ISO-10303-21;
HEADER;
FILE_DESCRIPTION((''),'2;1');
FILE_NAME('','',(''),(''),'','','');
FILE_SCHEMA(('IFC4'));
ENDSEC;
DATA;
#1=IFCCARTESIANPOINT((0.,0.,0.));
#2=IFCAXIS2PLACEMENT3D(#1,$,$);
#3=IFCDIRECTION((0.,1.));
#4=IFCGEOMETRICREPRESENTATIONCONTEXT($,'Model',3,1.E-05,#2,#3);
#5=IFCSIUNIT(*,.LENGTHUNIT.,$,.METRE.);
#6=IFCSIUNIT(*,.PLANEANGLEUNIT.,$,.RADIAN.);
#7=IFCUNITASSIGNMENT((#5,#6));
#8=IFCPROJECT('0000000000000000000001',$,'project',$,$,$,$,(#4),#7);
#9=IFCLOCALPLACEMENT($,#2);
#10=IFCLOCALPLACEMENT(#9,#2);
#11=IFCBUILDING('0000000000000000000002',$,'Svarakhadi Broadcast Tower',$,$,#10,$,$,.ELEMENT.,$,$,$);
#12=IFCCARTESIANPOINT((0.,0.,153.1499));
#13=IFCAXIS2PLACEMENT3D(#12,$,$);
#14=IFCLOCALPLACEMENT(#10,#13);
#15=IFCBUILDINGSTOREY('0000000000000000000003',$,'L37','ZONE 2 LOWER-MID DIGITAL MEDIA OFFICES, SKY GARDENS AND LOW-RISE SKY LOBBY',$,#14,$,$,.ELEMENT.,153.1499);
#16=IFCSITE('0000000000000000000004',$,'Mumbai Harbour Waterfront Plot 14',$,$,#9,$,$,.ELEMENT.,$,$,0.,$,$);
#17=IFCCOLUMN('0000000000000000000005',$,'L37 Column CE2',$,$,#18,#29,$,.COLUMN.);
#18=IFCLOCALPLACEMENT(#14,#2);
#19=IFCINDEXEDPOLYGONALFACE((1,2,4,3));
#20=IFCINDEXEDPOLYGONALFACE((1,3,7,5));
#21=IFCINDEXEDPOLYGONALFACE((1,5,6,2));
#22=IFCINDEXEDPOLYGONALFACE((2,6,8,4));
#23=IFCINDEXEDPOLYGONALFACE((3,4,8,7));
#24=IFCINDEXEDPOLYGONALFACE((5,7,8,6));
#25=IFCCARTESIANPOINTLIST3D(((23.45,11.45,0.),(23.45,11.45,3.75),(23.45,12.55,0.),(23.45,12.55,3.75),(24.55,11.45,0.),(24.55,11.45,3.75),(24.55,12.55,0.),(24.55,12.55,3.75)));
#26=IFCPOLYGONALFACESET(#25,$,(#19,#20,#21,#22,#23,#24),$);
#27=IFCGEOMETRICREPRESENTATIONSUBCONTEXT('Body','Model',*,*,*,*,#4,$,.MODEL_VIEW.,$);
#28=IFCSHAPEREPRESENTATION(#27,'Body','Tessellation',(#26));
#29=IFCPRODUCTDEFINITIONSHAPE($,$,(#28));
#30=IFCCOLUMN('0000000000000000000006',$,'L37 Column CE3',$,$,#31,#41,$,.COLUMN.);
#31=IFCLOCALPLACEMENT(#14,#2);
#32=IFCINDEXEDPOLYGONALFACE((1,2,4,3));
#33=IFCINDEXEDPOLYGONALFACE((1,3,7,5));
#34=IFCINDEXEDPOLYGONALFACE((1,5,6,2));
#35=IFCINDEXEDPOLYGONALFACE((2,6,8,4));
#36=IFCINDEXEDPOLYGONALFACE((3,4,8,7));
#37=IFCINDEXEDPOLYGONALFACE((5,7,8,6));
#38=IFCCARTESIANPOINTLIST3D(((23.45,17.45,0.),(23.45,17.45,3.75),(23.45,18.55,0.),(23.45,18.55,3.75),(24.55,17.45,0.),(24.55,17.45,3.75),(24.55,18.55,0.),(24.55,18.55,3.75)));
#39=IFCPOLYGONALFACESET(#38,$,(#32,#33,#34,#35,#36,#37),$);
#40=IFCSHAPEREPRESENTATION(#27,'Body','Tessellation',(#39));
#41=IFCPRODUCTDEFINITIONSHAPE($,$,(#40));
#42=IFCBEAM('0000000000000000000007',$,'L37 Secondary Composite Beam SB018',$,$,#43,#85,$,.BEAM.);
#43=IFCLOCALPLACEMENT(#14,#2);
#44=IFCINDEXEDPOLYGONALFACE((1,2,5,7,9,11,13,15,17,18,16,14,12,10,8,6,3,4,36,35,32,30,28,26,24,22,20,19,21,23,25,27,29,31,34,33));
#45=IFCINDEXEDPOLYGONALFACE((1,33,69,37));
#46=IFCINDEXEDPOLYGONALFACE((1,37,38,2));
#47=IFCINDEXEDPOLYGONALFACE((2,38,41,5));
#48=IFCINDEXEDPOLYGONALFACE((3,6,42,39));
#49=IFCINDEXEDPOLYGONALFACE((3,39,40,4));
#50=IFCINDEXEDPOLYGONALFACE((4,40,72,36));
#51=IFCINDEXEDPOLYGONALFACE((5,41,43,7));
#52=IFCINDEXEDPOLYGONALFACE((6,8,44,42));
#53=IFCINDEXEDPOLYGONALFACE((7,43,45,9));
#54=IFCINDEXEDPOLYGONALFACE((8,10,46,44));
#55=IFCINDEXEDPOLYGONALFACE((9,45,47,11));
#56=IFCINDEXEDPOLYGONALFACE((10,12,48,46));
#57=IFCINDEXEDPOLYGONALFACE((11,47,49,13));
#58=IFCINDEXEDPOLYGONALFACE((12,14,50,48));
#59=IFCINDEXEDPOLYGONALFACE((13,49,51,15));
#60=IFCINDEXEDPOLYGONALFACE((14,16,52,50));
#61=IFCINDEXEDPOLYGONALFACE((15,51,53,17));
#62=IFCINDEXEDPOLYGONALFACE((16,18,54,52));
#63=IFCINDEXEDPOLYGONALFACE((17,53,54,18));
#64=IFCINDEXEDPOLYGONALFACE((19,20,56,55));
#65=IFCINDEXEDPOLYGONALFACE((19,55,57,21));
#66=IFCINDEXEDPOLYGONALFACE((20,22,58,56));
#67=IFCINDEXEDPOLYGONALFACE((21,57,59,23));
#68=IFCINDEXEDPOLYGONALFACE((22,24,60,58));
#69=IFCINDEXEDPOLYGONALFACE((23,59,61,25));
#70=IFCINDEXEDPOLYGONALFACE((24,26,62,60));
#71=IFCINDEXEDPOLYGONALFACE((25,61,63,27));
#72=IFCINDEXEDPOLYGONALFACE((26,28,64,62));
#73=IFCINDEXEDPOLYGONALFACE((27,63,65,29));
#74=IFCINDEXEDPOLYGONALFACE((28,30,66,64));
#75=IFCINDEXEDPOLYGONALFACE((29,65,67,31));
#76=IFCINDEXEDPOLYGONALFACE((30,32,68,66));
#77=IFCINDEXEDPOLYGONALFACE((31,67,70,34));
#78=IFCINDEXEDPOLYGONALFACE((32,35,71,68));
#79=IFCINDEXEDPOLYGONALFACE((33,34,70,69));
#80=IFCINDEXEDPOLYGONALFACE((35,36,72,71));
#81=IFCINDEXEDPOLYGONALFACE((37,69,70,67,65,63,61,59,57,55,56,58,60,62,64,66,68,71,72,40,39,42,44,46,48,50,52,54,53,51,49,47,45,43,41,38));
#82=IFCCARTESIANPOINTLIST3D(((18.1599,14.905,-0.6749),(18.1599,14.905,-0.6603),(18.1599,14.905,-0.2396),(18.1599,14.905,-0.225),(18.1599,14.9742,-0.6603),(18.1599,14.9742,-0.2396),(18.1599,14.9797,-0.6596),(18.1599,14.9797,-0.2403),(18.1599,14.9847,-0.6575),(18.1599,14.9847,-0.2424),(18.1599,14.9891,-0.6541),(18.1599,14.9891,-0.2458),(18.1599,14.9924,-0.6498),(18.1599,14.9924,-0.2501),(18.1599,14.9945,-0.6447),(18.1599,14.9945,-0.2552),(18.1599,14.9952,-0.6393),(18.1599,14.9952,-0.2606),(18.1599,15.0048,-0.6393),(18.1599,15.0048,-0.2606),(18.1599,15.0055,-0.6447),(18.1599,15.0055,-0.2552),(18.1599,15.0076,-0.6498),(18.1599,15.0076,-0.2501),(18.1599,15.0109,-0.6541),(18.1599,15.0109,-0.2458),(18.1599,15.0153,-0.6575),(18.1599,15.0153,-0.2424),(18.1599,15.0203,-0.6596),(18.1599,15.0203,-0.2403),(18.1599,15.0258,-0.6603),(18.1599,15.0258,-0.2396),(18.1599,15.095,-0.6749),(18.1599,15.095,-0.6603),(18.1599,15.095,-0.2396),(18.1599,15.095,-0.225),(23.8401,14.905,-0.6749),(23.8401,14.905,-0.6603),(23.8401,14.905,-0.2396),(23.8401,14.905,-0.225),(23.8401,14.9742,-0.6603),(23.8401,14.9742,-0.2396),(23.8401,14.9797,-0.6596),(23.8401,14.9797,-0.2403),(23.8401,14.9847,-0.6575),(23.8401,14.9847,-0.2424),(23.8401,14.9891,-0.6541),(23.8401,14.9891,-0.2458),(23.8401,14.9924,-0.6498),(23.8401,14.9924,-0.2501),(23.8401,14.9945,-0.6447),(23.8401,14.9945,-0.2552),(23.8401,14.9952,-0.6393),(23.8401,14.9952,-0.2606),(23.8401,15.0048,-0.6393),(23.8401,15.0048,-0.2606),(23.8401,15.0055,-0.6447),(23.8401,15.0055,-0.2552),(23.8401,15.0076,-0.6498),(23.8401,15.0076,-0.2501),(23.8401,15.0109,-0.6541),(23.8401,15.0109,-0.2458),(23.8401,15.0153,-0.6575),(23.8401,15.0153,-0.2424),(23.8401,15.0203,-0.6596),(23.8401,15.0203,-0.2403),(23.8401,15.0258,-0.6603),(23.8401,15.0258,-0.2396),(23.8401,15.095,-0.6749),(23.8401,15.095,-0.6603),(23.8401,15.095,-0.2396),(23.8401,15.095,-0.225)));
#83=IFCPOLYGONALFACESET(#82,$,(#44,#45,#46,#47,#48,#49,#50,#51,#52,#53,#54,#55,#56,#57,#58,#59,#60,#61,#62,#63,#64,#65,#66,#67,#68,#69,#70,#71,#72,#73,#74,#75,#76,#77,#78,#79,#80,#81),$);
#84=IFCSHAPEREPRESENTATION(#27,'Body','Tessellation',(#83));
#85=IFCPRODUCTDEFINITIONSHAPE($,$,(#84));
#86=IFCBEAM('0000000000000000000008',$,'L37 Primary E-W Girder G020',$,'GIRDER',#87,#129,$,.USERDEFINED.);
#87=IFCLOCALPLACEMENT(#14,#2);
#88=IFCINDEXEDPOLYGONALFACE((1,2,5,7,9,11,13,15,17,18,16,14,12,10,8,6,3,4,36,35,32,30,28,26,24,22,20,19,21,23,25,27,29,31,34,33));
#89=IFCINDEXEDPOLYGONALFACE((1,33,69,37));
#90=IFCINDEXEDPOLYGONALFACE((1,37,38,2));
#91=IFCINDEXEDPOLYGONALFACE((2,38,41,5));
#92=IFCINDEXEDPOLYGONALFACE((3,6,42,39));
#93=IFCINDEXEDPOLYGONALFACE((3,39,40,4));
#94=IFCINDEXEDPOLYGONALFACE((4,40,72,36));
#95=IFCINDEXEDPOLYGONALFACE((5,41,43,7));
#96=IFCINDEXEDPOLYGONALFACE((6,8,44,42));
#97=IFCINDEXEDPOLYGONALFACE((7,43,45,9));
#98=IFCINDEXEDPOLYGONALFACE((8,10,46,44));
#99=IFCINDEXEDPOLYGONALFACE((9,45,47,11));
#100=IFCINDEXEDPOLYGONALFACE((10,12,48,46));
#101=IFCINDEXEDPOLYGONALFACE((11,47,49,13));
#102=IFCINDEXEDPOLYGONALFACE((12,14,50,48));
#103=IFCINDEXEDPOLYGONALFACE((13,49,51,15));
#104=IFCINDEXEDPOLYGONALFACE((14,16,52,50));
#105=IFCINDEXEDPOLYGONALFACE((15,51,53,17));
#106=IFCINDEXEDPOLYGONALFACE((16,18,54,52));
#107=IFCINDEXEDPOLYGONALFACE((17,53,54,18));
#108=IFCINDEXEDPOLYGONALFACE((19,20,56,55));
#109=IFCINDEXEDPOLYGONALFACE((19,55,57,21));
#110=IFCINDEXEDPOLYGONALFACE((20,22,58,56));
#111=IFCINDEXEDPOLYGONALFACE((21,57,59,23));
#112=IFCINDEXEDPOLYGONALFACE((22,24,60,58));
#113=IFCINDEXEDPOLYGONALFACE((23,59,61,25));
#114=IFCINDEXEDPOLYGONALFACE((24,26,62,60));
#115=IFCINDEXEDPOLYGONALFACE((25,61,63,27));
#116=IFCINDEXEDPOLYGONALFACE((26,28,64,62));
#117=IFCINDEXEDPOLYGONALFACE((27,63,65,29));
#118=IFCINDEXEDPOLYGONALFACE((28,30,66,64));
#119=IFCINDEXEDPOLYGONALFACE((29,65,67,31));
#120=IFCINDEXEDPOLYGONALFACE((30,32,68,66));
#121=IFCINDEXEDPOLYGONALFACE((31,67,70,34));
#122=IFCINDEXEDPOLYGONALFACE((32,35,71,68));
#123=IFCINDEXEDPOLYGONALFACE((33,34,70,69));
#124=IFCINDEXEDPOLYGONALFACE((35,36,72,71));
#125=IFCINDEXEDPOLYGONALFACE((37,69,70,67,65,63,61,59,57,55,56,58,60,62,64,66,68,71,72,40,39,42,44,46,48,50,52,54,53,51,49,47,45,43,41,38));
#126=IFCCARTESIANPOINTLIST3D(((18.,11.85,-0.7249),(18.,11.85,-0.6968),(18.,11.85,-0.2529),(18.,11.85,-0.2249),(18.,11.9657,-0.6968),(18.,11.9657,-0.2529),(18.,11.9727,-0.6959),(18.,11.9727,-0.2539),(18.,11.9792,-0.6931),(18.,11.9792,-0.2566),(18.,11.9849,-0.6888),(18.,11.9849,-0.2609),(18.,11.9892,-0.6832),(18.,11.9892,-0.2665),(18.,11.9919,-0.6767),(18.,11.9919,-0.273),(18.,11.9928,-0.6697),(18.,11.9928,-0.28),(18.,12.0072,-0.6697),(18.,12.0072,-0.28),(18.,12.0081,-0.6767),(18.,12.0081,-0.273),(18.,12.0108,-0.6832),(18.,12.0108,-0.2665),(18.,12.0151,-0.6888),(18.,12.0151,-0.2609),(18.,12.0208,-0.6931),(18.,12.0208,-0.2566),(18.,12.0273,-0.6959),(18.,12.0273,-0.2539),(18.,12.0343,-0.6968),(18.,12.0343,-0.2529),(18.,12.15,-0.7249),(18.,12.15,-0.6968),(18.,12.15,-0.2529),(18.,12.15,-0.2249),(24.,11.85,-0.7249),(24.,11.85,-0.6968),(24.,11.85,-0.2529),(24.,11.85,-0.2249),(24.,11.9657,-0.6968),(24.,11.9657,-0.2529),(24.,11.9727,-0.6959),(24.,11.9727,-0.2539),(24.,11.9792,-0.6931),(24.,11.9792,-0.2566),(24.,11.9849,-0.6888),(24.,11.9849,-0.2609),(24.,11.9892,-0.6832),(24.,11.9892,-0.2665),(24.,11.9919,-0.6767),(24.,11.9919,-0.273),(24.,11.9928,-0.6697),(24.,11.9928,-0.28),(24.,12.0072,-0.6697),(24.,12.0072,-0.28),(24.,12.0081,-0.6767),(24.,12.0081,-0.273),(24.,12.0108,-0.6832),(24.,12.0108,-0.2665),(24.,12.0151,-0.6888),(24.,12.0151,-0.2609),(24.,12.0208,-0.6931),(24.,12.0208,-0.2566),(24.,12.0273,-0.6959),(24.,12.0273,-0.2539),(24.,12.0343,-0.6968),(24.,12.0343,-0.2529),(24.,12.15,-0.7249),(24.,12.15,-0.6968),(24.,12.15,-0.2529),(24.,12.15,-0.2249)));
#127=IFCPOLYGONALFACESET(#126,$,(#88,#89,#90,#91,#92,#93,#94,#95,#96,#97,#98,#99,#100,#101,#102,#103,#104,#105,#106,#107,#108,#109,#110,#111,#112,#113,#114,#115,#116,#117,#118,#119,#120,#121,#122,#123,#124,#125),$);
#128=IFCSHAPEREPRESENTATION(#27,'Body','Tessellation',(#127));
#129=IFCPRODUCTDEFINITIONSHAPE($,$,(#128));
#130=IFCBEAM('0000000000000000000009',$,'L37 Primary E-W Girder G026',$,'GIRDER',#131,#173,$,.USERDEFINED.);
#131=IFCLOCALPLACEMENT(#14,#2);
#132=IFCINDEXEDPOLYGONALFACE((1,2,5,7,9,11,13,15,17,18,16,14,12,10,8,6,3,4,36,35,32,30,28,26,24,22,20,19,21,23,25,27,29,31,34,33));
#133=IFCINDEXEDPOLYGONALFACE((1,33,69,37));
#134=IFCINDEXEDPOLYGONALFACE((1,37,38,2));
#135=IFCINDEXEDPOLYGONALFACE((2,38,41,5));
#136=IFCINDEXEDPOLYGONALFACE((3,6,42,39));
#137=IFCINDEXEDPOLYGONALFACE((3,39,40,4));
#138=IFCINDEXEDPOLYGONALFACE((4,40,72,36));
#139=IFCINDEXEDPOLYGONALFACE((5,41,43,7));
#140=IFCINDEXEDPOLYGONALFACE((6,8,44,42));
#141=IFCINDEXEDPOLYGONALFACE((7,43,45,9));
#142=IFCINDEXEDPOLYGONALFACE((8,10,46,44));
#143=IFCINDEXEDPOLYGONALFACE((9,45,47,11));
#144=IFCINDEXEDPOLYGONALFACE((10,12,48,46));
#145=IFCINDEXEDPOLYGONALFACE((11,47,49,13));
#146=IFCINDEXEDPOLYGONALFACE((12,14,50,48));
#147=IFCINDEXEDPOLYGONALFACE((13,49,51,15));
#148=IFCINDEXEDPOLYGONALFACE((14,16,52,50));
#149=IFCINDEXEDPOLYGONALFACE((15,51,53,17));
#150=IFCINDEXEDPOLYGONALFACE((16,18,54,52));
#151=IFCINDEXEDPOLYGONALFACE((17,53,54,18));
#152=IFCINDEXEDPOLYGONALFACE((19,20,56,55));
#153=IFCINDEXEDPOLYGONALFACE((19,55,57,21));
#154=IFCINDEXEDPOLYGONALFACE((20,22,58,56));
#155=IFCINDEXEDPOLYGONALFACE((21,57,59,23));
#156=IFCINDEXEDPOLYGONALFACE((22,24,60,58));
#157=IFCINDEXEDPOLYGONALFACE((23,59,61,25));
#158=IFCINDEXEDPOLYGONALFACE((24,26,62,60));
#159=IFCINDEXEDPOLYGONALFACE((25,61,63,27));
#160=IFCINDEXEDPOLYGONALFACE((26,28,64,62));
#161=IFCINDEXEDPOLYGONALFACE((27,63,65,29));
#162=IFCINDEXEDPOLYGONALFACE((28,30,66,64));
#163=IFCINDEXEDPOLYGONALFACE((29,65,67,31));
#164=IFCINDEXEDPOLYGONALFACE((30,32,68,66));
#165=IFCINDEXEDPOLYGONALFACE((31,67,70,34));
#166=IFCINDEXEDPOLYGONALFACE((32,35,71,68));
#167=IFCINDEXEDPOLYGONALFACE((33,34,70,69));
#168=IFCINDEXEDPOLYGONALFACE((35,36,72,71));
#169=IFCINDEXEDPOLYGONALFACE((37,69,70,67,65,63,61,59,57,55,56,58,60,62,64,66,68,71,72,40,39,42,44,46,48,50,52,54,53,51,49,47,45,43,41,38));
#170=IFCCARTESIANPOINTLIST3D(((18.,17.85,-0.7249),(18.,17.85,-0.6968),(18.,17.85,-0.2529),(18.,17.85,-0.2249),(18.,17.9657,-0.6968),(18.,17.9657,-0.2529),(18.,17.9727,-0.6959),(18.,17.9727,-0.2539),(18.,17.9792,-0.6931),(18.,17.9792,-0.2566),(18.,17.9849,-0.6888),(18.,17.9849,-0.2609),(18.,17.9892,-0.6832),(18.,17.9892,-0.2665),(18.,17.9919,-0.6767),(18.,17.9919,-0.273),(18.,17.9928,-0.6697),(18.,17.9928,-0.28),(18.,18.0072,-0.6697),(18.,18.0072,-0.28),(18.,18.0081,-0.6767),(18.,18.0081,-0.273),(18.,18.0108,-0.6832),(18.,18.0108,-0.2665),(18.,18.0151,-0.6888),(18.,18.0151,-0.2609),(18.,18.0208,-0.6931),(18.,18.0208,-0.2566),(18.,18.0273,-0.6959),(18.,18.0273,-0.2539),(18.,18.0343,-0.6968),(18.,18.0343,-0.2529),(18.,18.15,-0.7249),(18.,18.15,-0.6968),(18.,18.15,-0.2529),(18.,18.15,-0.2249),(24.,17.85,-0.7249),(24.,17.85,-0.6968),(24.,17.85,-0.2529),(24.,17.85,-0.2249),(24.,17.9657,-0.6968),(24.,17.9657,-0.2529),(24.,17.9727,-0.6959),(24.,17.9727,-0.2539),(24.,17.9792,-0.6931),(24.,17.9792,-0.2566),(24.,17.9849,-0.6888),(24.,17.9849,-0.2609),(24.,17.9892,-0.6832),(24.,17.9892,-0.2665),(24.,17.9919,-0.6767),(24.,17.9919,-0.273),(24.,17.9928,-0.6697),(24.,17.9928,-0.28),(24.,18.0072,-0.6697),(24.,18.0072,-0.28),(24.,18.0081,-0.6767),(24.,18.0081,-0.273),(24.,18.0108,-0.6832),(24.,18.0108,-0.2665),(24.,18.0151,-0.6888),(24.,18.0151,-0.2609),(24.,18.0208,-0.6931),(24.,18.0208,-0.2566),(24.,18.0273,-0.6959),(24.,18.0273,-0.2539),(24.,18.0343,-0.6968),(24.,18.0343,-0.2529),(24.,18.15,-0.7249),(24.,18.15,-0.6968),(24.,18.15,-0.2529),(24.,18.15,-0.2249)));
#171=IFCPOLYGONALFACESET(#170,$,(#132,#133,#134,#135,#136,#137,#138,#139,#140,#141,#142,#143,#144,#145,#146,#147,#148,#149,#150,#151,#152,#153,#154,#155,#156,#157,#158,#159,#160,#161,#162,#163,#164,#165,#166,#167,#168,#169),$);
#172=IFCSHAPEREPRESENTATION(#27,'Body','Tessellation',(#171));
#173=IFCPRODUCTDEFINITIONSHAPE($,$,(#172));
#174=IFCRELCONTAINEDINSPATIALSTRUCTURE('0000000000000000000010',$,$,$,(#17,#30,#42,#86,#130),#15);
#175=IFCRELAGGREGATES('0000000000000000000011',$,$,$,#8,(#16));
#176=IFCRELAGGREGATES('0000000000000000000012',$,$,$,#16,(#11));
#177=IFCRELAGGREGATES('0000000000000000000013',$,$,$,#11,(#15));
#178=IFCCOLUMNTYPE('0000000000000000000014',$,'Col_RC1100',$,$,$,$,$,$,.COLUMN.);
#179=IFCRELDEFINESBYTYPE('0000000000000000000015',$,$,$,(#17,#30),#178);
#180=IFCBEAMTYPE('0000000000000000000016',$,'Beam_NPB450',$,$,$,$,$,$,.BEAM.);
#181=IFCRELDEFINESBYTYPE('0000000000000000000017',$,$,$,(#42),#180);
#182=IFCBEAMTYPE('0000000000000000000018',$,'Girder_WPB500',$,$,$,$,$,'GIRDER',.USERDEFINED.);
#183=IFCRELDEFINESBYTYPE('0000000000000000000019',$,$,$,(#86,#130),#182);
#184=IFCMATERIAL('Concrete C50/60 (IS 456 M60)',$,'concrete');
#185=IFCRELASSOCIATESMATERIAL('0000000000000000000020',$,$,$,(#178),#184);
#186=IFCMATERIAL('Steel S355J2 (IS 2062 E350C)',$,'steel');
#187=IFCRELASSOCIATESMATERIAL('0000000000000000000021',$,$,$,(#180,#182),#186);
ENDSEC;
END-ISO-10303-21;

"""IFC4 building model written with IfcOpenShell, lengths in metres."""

from ifc_helpers import new_model, si_unit, direction, frame, origin, origin_2d, place, context, subcontext, project, spatial, rectangle, i_section, extrude, material, material_profile, profile_set, type_object, element, save


model = new_model("IFC4")

# Units and contexts
model_context = context("Model", 3, precision=1e-05, world=origin(), true_north=direction((0.0, 1.0)))
body_context = subcontext(model_context, "Body", "Model", "MODEL_VIEW")
ifc_project = project(units=[si_unit("LENGTHUNIT", "METRE"), si_unit("PLANEANGLEUNIT", "RADIAN")], contexts=[model_context])

# Site, building, storey
site_placement = place(None, origin())
site = spatial("IfcSite", under=ifc_project, at=site_placement, Name="Mumbai Harbour Waterfront Plot 14", CompositionType="ELEMENT", RefElevation=0.0)
building_placement = place(site_placement, origin())
building = spatial("IfcBuilding", under=site, at=building_placement, Name="Svarakhadi Broadcast Tower", CompositionType="ELEMENT")
storey_placement = place(building_placement, frame((0.0, 0.0, 153.1499)))
storey = spatial("IfcBuildingStorey", under=building, at=storey_placement, Name="L37", Description="ZONE 2 LOWER-MID DIGITAL MEDIA OFFICES, SKY GARDENS AND LOW-RISE SKY LOBBY", CompositionType="ELEMENT", Elevation=153.1499)

# Columns
ifc_material_1 = material(Name="Concrete C50/60 (IS 456 M60)", Category="concrete")
ifc_material_profile_1 = material_profile(ifc_material_1, rectangle(XDim=1.1001, YDim=1.1001, at=origin_2d()), Name="RC 1100x1100")
ifc_profile_set_1 = profile_set([ifc_material_profile_1], Name="Concrete C50/60 (IS 456 M60)")
column_type = type_object("IfcColumnType", Name="Col_RC1100", PredefinedType="COLUMN", material=ifc_profile_set_1)
for number, where, z_axis, x_axis, name in (
    (1, (24.0, 12.0, 0.0), (0.0, 0.0, 1.0), (1.0, 0.0, 0.0), "L37 Column CE2"),
    (2, (24.0, 18.0, 0.0), (0.0, 0.0, 1.0), (1.0, 0.0, 0.0), "L37 Column CE3"),
):
    element("IfcColumn", number, at=place(storey_placement, frame(where, z_axis=z_axis, x_axis=x_axis)), inside=storey, type_object=column_type, Name=name, PredefinedType="COLUMN", context=body_context, shape_type="SweptSolid", body=[
        extrude(rectangle(XDim=1.1001, YDim=1.1001, at=origin_2d()), origin(), (0.0, 0.0, 1.0), 3.75),
    ])

# Beams
ifc_material_2 = material(Name="Steel S355J2 (IS 2062 E350C)", Category="steel")
ifc_material_profile_2 = material_profile(ifc_material_2, i_section(OverallWidth=0.1899, OverallDepth=0.45, WebThickness=0.0095, FlangeThickness=0.0146, FilletRadius=0.021, at=origin_2d()), Name="NPB 450x190x78")
ifc_profile_set_2 = profile_set([ifc_material_profile_2], Name="Steel S355J2 (IS 2062 E350C)")
beam_type_1 = type_object("IfcBeamType", Name="Beam_NPB450", PredefinedType="BEAM", material=ifc_profile_set_2)
beam_1_placement = place(storey_placement, frame((18.1599, 15.0, -0.45), z_axis=(1.0, 0.0, 0.0), x_axis=(0.0, 1.0, 0.0)))
element("IfcBeam", 3, at=beam_1_placement, inside=storey, type_object=beam_type_1, Name="L37 Secondary Composite Beam SB018", PredefinedType="BEAM", context=body_context, shape_type="SweptSolid", body=[
    extrude(i_section(OverallWidth=0.1899, OverallDepth=0.45, WebThickness=0.0095, FlangeThickness=0.0146, FilletRadius=0.021, at=origin_2d()), origin(), (0.0, 0.0, 1.0), 5.6802),
])
ifc_material_profile_3 = material_profile(ifc_material_2, i_section(OverallWidth=0.3, OverallDepth=0.5, WebThickness=0.0144, FlangeThickness=0.0281, FilletRadius=0.0271, at=origin_2d()), Name="WPB 500x300x187")
ifc_profile_set_3 = profile_set([ifc_material_profile_3], Name="Steel S355J2 (IS 2062 E350C)")
beam_type_2 = type_object("IfcBeamType", Name="Girder_WPB500", ElementType="GIRDER", PredefinedType="USERDEFINED", material=ifc_profile_set_3)
for number, where, z_axis, x_axis, name in (
    (4, (18.0, 12.0, -0.4749), (1.0, 0.0, 0.0), (0.0, 1.0, 0.0), "L37 Primary E-W Girder G020"),
    (5, (18.0, 18.0, -0.4749), (1.0, 0.0, 0.0), (0.0, 1.0, 0.0), "L37 Primary E-W Girder G026"),
):
    element("IfcBeam", number, at=place(storey_placement, frame(where, z_axis=z_axis, x_axis=x_axis)), inside=storey, type_object=beam_type_2, Name=name, ObjectType="GIRDER", PredefinedType="USERDEFINED", context=body_context, shape_type="SweptSolid", body=[
        extrude(i_section(OverallWidth=0.3, OverallDepth=0.5, WebThickness=0.0144, FlangeThickness=0.0281, FilletRadius=0.0271, at=origin_2d()), origin(), (0.0, 0.0, 1.0), 6.0),
    ])

save(model, "model.ifc")
